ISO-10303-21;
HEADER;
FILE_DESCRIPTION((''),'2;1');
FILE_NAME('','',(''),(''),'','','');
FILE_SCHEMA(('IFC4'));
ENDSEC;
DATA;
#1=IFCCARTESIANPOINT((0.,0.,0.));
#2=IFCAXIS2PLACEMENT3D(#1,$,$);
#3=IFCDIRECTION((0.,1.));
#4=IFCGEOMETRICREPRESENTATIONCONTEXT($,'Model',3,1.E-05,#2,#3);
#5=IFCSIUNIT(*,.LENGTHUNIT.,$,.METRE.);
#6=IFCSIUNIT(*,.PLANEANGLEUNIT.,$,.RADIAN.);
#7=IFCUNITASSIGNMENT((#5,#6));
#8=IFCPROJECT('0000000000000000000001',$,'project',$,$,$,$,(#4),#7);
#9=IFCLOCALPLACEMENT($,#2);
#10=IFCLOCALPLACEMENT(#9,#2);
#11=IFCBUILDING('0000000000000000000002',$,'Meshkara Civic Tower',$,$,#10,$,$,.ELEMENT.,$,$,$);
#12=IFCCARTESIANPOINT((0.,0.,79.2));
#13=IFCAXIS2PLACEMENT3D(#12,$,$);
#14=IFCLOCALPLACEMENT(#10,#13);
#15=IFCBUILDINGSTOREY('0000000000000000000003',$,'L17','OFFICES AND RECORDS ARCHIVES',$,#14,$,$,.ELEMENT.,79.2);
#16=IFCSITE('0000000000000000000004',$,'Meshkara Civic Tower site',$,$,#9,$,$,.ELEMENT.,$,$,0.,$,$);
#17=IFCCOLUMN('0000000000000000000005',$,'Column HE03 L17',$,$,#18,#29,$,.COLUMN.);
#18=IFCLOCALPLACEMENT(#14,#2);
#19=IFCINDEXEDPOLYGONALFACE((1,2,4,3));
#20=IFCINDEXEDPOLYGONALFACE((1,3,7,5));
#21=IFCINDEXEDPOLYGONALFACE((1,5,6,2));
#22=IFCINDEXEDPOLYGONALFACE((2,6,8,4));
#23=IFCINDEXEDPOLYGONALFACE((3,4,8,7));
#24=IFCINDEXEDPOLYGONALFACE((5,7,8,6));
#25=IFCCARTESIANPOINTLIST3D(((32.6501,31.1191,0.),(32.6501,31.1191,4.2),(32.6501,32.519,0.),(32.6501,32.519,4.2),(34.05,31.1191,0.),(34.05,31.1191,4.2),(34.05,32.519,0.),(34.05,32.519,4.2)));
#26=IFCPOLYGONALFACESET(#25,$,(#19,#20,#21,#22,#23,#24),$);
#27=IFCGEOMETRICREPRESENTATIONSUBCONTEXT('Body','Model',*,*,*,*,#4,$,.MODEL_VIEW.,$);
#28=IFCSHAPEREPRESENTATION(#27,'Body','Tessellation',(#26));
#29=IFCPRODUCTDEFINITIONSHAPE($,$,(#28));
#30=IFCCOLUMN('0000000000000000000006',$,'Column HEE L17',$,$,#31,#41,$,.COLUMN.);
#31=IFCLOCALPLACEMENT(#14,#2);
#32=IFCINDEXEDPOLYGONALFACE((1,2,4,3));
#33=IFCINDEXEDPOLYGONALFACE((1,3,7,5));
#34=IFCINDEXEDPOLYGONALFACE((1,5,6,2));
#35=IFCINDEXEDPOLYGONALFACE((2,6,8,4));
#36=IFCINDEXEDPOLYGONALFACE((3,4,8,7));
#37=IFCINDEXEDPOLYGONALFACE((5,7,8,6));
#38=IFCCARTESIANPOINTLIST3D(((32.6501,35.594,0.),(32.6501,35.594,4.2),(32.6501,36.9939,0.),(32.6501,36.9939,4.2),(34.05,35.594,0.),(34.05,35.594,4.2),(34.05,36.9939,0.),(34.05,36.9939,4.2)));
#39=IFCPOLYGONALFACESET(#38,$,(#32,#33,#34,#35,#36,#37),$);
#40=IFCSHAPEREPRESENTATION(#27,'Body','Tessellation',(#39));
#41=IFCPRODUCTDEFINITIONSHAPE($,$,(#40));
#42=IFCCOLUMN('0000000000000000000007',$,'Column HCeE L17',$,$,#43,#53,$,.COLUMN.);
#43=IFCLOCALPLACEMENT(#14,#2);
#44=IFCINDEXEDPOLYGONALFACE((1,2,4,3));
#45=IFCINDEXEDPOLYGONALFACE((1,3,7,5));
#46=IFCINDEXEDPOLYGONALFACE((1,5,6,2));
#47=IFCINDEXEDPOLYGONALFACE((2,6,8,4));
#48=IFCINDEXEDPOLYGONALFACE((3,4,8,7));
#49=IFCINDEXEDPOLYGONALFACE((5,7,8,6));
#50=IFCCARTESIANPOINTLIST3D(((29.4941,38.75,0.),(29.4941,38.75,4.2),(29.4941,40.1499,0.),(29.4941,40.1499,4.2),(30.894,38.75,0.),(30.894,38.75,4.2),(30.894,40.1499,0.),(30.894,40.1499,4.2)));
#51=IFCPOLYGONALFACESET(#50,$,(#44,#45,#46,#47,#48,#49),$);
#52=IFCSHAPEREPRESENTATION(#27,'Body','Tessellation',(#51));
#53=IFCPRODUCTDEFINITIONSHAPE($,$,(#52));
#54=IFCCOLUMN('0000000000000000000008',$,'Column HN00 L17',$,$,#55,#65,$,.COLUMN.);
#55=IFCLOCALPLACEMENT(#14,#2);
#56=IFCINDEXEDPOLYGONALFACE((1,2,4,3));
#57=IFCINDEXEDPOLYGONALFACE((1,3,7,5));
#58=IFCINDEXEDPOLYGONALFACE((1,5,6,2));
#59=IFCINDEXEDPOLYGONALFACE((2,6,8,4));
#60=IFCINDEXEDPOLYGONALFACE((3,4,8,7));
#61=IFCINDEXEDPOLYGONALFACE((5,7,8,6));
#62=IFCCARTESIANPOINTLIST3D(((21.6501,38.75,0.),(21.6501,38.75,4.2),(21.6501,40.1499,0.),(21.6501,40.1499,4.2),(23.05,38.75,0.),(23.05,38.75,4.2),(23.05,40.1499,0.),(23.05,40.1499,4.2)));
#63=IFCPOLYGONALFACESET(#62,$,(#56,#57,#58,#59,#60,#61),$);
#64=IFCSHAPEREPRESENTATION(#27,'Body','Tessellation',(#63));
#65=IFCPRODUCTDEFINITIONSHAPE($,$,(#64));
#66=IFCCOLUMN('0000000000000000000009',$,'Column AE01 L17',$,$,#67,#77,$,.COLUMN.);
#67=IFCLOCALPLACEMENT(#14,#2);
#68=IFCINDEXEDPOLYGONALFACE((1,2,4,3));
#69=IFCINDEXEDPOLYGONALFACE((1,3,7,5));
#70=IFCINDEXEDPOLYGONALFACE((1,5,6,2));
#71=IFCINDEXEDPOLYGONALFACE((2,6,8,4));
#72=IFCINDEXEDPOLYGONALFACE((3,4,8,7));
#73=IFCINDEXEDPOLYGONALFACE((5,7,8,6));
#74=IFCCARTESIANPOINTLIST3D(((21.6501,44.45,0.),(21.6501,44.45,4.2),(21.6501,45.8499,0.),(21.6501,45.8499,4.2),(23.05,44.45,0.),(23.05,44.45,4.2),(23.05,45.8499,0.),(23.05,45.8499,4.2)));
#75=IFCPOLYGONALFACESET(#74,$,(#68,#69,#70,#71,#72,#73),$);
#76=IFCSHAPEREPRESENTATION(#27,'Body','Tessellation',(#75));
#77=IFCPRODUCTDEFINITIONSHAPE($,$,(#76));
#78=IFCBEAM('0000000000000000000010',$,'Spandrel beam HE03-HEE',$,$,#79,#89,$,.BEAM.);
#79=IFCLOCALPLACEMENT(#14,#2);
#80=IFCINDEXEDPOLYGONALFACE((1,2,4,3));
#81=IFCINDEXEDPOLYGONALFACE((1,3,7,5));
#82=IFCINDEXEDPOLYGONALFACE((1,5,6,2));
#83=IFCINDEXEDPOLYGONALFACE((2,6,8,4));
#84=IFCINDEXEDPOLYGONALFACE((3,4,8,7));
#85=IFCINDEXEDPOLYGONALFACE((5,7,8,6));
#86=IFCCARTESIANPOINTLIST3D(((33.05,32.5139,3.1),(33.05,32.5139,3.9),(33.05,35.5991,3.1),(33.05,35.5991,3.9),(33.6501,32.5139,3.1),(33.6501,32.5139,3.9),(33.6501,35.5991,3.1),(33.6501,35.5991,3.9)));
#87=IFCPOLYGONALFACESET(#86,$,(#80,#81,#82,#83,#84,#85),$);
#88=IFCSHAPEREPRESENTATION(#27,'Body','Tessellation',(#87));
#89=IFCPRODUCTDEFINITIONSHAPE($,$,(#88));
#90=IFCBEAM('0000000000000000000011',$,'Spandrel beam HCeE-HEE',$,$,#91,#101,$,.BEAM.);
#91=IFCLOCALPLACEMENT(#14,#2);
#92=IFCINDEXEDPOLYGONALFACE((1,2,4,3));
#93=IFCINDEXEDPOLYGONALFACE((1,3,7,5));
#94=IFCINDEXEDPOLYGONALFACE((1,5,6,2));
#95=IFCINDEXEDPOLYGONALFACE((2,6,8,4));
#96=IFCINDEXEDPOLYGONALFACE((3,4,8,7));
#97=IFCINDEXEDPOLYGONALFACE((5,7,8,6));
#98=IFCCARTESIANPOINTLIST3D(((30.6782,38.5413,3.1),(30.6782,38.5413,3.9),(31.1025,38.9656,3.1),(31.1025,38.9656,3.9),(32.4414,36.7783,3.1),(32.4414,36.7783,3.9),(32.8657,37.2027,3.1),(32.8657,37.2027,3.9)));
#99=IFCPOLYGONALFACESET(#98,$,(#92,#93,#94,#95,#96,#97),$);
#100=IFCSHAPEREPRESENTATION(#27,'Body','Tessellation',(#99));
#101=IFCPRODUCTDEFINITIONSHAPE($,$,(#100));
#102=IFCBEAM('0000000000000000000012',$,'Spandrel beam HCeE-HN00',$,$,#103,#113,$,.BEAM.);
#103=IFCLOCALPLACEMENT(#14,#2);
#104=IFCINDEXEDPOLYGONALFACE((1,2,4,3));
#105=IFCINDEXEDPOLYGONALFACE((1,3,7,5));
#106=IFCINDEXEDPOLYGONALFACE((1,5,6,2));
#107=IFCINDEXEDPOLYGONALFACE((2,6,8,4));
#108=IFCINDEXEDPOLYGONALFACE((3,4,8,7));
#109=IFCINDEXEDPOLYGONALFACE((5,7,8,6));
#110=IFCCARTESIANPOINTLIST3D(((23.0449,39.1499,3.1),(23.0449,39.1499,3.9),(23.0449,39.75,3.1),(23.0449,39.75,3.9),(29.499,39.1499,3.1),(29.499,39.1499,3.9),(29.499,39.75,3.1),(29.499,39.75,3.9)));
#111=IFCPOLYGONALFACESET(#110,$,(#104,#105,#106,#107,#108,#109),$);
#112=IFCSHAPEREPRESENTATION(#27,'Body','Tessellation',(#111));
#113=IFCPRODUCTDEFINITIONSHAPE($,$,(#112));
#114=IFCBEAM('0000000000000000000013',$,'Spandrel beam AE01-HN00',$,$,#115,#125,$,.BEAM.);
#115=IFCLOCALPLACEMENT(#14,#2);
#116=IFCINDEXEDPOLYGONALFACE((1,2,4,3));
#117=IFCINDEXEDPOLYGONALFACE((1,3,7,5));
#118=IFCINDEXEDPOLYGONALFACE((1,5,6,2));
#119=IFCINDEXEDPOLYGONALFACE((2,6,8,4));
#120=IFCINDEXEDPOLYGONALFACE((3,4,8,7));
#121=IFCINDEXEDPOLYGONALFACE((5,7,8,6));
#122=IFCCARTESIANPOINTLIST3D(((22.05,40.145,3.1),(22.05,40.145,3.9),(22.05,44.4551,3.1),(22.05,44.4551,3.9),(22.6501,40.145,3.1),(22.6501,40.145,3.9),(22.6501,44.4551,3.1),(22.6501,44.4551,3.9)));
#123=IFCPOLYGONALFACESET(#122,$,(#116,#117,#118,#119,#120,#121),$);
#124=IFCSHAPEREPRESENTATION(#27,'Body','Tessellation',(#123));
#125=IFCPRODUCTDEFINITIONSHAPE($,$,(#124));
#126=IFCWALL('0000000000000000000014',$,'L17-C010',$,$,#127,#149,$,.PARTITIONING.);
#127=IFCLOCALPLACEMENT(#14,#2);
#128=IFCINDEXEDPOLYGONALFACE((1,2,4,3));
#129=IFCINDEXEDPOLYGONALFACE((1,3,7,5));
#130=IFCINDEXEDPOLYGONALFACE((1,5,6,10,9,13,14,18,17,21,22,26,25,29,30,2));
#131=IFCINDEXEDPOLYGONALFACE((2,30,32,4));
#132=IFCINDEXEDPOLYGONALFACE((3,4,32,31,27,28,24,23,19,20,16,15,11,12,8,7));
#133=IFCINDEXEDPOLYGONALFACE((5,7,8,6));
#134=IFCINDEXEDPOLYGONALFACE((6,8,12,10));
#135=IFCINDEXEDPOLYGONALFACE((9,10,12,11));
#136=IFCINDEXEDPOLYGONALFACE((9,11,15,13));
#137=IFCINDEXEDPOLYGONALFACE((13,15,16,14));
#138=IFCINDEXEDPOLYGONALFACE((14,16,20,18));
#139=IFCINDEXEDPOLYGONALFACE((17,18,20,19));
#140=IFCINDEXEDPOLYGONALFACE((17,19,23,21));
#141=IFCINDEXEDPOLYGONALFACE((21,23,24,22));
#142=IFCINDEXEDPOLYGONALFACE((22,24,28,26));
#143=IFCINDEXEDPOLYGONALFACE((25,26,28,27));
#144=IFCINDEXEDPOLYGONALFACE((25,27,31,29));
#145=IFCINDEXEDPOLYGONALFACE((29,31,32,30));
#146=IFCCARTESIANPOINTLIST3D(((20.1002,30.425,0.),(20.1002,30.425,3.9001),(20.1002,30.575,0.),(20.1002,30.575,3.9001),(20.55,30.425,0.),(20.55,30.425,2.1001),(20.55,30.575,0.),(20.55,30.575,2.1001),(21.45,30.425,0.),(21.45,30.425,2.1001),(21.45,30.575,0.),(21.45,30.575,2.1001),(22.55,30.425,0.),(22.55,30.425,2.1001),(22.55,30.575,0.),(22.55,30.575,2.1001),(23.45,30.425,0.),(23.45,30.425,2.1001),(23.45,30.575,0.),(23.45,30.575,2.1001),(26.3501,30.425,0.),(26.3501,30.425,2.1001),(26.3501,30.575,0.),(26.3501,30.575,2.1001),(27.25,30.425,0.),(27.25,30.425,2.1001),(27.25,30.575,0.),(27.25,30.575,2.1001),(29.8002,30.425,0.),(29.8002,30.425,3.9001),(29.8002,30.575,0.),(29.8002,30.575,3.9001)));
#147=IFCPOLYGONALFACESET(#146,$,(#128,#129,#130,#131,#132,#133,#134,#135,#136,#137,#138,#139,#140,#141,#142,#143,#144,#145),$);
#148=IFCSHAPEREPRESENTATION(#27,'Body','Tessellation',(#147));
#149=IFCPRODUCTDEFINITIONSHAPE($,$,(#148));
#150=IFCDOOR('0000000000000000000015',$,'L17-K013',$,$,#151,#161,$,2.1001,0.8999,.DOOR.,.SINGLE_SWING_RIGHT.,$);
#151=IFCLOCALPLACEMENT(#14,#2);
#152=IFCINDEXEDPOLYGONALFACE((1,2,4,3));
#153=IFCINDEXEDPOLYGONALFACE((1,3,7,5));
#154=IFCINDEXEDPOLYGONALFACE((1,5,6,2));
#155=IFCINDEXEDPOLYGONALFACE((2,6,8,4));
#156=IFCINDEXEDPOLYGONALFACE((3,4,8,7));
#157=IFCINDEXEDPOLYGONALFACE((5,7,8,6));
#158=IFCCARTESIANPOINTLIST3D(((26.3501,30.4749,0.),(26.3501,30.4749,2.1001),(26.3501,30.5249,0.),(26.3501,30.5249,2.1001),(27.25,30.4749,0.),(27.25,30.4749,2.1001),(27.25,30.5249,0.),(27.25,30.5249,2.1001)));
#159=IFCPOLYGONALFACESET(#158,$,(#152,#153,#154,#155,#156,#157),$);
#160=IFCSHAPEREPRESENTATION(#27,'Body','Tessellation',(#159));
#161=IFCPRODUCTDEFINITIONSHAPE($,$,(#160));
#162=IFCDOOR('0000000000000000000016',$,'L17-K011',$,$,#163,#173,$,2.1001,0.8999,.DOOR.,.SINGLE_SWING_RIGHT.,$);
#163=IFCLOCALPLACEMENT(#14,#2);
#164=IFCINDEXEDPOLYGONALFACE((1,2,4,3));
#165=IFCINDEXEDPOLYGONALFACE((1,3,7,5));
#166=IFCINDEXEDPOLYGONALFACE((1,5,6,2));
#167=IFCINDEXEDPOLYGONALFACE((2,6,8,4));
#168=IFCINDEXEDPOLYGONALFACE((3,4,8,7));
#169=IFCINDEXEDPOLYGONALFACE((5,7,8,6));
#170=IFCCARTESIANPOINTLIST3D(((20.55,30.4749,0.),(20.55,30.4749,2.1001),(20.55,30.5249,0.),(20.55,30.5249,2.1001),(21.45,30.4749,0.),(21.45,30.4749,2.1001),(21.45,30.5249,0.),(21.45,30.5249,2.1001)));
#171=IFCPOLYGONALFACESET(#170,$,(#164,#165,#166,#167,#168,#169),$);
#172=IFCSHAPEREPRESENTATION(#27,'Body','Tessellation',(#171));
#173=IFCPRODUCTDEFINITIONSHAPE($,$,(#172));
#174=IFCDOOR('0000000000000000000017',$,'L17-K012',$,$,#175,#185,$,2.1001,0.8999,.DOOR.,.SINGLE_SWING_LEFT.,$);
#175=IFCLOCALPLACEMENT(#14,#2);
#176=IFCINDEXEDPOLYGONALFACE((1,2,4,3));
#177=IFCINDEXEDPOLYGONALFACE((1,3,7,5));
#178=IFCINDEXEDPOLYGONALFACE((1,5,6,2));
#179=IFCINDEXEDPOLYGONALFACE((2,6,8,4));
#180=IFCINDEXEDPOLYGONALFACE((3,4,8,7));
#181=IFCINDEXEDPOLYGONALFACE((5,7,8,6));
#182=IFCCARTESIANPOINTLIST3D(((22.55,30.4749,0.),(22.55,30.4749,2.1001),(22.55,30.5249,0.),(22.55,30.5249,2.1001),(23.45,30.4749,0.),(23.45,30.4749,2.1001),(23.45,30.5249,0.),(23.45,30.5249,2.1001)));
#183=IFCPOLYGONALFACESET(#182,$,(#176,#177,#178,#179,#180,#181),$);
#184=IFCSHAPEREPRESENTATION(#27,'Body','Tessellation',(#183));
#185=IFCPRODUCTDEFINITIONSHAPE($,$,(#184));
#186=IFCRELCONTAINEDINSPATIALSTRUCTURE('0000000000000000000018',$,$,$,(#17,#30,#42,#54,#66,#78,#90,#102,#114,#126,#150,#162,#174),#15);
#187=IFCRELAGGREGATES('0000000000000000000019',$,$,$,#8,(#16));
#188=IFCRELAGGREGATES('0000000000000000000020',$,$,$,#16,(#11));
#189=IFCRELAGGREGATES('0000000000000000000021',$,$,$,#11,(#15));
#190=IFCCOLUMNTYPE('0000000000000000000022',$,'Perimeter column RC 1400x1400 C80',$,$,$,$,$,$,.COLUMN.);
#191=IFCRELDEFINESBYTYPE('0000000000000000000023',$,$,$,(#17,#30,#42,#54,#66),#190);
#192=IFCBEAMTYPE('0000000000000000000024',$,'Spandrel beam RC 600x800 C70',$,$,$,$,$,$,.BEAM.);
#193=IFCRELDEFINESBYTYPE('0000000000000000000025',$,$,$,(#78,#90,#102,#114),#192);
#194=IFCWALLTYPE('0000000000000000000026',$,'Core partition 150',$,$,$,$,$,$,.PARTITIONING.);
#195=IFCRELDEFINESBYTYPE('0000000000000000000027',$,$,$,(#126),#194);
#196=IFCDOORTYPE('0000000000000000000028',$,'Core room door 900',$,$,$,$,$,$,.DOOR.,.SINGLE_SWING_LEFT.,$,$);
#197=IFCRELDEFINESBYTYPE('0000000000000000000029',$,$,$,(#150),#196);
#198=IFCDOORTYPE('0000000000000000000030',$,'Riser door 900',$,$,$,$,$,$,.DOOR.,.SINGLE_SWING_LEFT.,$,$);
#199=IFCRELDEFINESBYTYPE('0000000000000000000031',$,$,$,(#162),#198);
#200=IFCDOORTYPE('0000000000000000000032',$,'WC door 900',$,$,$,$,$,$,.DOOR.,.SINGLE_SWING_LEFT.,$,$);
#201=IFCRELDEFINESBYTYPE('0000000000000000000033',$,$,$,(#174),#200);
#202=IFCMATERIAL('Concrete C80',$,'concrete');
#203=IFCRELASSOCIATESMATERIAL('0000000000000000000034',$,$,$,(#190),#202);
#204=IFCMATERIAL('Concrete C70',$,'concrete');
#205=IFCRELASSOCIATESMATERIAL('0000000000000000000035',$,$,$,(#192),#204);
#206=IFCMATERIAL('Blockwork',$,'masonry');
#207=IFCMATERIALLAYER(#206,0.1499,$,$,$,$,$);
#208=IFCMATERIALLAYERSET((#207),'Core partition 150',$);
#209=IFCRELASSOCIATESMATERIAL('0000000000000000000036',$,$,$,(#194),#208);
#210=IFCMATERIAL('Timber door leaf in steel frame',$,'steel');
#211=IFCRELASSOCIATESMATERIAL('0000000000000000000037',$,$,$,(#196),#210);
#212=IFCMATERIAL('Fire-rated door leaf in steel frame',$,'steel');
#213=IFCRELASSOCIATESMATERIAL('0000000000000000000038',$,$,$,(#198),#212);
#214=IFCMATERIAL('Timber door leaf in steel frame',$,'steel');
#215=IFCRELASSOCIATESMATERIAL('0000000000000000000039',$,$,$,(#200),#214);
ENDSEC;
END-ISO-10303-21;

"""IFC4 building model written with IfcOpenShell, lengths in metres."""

from ifc_helpers import new_model, si_unit, direction, frame, frame_2d, origin, origin_2d, place, context, subcontext, project, spatial, rectangle, extrude, material, layer, layer_set, material_profile, profile_set, type_object, element, fill, save


model = new_model("IFC4")

# Units and contexts
model_context = context("Model", 3, precision=1e-05, world=origin(), true_north=direction((0.0, 1.0)))
body_context = subcontext(model_context, "Body", "Model", "MODEL_VIEW")
ifc_project = project(units=[si_unit("LENGTHUNIT", "METRE"), si_unit("PLANEANGLEUNIT", "RADIAN")], contexts=[model_context])

# Site, building, storey
site_placement = place(None, origin())
site = spatial("IfcSite", under=ifc_project, at=site_placement, Name="Meshkara Civic Tower site", CompositionType="ELEMENT", RefElevation=0.0)
building_placement = place(site_placement, origin())
building = spatial("IfcBuilding", under=site, at=building_placement, Name="Meshkara Civic Tower", CompositionType="ELEMENT")
storey_placement = place(building_placement, frame((0.0, 0.0, 79.2)))
storey = spatial("IfcBuildingStorey", under=building, at=storey_placement, Name="L17", Description="OFFICES AND RECORDS ARCHIVES", CompositionType="ELEMENT", Elevation=79.2)

# Columns
ifc_material_1 = material(Name="Concrete C80", Category="concrete")
ifc_material_profile_1 = material_profile(ifc_material_1, rectangle(XDim=1.3999, YDim=1.3999, at=origin_2d()))
ifc_profile_set_1 = profile_set([ifc_material_profile_1], Name="Concrete C80")
column_type = type_object("IfcColumnType", Name="Perimeter column RC 1400x1400 C80", PredefinedType="COLUMN", material=ifc_profile_set_1)
for number, where, z_axis, x_axis, name in (
    (1, (33.3501, 31.8191, 0.0), (0.0, 0.0, 1.0), (1.0, 0.0, 0.0), "Column HE03 L17"),
    (2, (33.3501, 36.2939, 0.0), (0.0, 0.0, 1.0), (1.0, 0.0, 0.0), "Column HEE L17"),
    (3, (30.1941, 39.45, 0.0), (0.0, 0.0, 1.0), (1.0, 0.0, 0.0), "Column HCeE L17"),
    (4, (22.3501, 39.45, 0.0), (0.0, 0.0, 1.0), (1.0, 0.0, 0.0), "Column HN00 L17"),
    (5, (22.3501, 45.1499, 0.0), (0.0, 0.0, 1.0), (1.0, 0.0, 0.0), "Column AE01 L17"),
):
    element("IfcColumn", number, at=place(storey_placement, frame(where, z_axis=z_axis, x_axis=x_axis)), inside=storey, type_object=column_type, Name=name, PredefinedType="COLUMN", context=body_context, shape_type="SweptSolid", body=[
        extrude(rectangle(XDim=1.3999, YDim=1.3999, at=origin_2d()), origin(), (0.0, 0.0, 1.0), 4.2),
    ])

# Beams
ifc_material_2 = material(Name="Concrete C70", Category="concrete")
ifc_material_profile_2 = material_profile(ifc_material_2, rectangle(XDim=0.6001, YDim=0.8, at=origin_2d()))
ifc_profile_set_2 = profile_set([ifc_material_profile_2], Name="Concrete C70")
beam_type = type_object("IfcBeamType", Name="Spandrel beam RC 600x800 C70", PredefinedType="BEAM", material=ifc_profile_set_2)
beam_1_placement = place(storey_placement, frame((33.3501, 32.5139, 3.5), z_axis=(0.0, 1.0, 0.0), x_axis=(-1.0, 0.0, 0.0)))
element("IfcBeam", 6, at=beam_1_placement, inside=storey, type_object=beam_type, Name="Spandrel beam HE03-HEE", PredefinedType="BEAM", context=body_context, shape_type="SweptSolid", body=[
    extrude(rectangle(XDim=0.6001, YDim=0.8, at=origin_2d()), origin(), (0.0, 0.0, 1.0), 3.0852),
])
beam_2_placement = place(storey_placement, frame((32.6536, 36.9905, 3.5), z_axis=(-0.707156, 0.707058, 0.0), x_axis=(-0.707058, -0.707156, 0.0)))
element("IfcBeam", 7, at=beam_2_placement, inside=storey, type_object=beam_type, Name="Spandrel beam HCeE-HEE", PredefinedType="BEAM", context=body_context, shape_type="SweptSolid", body=[
    extrude(rectangle(XDim=0.6001, YDim=0.8, at=origin_2d()), origin(), (0.0, 0.0, 1.0), 2.4934),
])
beam_3_placement = place(storey_placement, frame((29.499, 39.45, 3.5), z_axis=(-1.0, 0.0, 0.0), x_axis=(0.0, -1.0, 0.0)))
element("IfcBeam", 8, at=beam_3_placement, inside=storey, type_object=beam_type, Name="Spandrel beam HCeE-HN00", PredefinedType="BEAM", context=body_context, shape_type="SweptSolid", body=[
    extrude(rectangle(XDim=0.6001, YDim=0.8, at=origin_2d()), origin(), (0.0, 0.0, 1.0), 6.4541),
])
beam_4_placement = place(storey_placement, frame((22.3501, 40.145, 3.5), z_axis=(0.0, 1.0, 0.0), x_axis=(-1.0, 0.0, 0.0)))
element("IfcBeam", 9, at=beam_4_placement, inside=storey, type_object=beam_type, Name="Spandrel beam AE01-HN00", PredefinedType="BEAM", context=body_context, shape_type="SweptSolid", body=[
    extrude(rectangle(XDim=0.6001, YDim=0.8, at=origin_2d()), origin(), (0.0, 0.0, 1.0), 4.3101),
])

# Wall, openings, doors
ifc_material_3 = material(Name="Blockwork", Category="masonry")
ifc_layer_1 = layer(ifc_material_3, 0.1499)
ifc_layer_set_1 = layer_set([ifc_layer_1], Name="Core partition 150")
wall_type_1 = type_object("IfcWallType", Name="Core partition 150", PredefinedType="PARTITIONING", material=ifc_layer_set_1)
wall_1_placement = place(storey_placement, frame((20.1001, 30.5, 0.0), z_axis=(0.0, 0.0, 1.0), x_axis=(1.0, 0.0, 0.0)))
wall_1 = element("IfcWall", 10, at=wall_1_placement, inside=storey, type_object=wall_type_1, Name="L17-C010", PredefinedType="PARTITIONING", context=body_context, shape_type="SweptSolid", body=[
    extrude(rectangle(XDim=9.7, YDim=0.1499, at=frame_2d((4.8501, 0.0))), origin(), (0.0, 0.0, 1.0), 3.9001),
])
opening_1_placement = place(wall_1_placement, frame((0.45, 0.0, 0.0)))
opening_1 = element("IfcOpeningElement", 11, at=opening_1_placement, cuts=wall_1, PredefinedType="OPENING", context=body_context, shape_type="SweptSolid", body=[
    extrude(rectangle(XDim=0.8999, YDim=2.1001, at=frame_2d((0.45, 1.05))), frame((0.0, 0.085, 0.0), z_axis=(0.0, -1.0, 0.0), x_axis=(1.0, 0.0, 0.0)), (0.0, 0.0, 1.0), 0.1699),
])
opening_2_placement = place(wall_1_placement, frame((2.45, 0.0, 0.0)))
opening_2 = element("IfcOpeningElement", 12, at=opening_2_placement, cuts=wall_1, PredefinedType="OPENING", context=body_context, shape_type="SweptSolid", body=[
    extrude(rectangle(XDim=0.8999, YDim=2.1001, at=frame_2d((0.45, 1.05))), frame((0.0, 0.085, 0.0), z_axis=(0.0, -1.0, 0.0), x_axis=(1.0, 0.0, 0.0)), (0.0, 0.0, 1.0), 0.1699),
])
opening_3_placement = place(wall_1_placement, frame((6.25, 0.0, 0.0)))
opening_3 = element("IfcOpeningElement", 13, at=opening_3_placement, cuts=wall_1, PredefinedType="OPENING", context=body_context, shape_type="SweptSolid", body=[
    extrude(rectangle(XDim=0.8999, YDim=2.1001, at=frame_2d((0.45, 1.05))), frame((0.0, 0.085, 0.0), z_axis=(0.0, -1.0, 0.0), x_axis=(1.0, 0.0, 0.0)), (0.0, 0.0, 1.0), 0.1699),
])
ifc_material_4 = material(Name="Timber door leaf in steel frame", Category="steel")
door_type_1 = type_object("IfcDoorType", Name="Core room door 900", OperationType="SINGLE_SWING_LEFT", PredefinedType="DOOR", material=ifc_material_4)
door_1_placement = place(opening_3_placement, origin())
door_1 = element("IfcDoor", 14, at=door_1_placement, inside=storey, type_object=door_type_1, Name="L17-K013", OperationType="SINGLE_SWING_RIGHT", OverallHeight=2.1001, OverallWidth=0.8999, PredefinedType="DOOR", context=body_context, shape_type="SweptSolid", body=[
    extrude(rectangle(XDim=0.8999, YDim=2.1001, at=frame_2d((0.45, 1.05))), frame((0.0, 0.0249, 0.0), z_axis=(0.0, -1.0, 0.0), x_axis=(1.0, 0.0, 0.0)), (0.0, 0.0, 1.0), 0.05),
])
fill(opening_3, door_1)
ifc_material_5 = material(Name="Fire-rated door leaf in steel frame", Category="steel")
door_type_2 = type_object("IfcDoorType", Name="Riser door 900", OperationType="SINGLE_SWING_LEFT", PredefinedType="DOOR", material=ifc_material_5)
door_2_placement = place(opening_1_placement, origin())
door_2 = element("IfcDoor", 15, at=door_2_placement, inside=storey, type_object=door_type_2, Name="L17-K011", OperationType="SINGLE_SWING_RIGHT", OverallHeight=2.1001, OverallWidth=0.8999, PredefinedType="DOOR", context=body_context, shape_type="SweptSolid", body=[
    extrude(rectangle(XDim=0.8999, YDim=2.1001, at=frame_2d((0.45, 1.05))), frame((0.0, 0.0249, 0.0), z_axis=(0.0, -1.0, 0.0), x_axis=(1.0, 0.0, 0.0)), (0.0, 0.0, 1.0), 0.05),
])
fill(opening_1, door_2)
ifc_material_6 = material(Name="Timber door leaf in steel frame", Category="steel")
door_type_3 = type_object("IfcDoorType", Name="WC door 900", OperationType="SINGLE_SWING_LEFT", PredefinedType="DOOR", material=ifc_material_6)
door_3_placement = place(opening_2_placement, origin())
door_3 = element("IfcDoor", 16, at=door_3_placement, inside=storey, type_object=door_type_3, Name="L17-K012", OperationType="SINGLE_SWING_LEFT", OverallHeight=2.1001, OverallWidth=0.8999, PredefinedType="DOOR", context=body_context, shape_type="SweptSolid", body=[
    extrude(rectangle(XDim=0.8999, YDim=2.1001, at=frame_2d((0.45, 1.05))), frame((0.0, 0.0249, 0.0), z_axis=(0.0, -1.0, 0.0), x_axis=(1.0, 0.0, 0.0)), (0.0, 0.0, 1.0), 0.05),
])
fill(opening_2, door_3)

save(model, "model.ifc")
